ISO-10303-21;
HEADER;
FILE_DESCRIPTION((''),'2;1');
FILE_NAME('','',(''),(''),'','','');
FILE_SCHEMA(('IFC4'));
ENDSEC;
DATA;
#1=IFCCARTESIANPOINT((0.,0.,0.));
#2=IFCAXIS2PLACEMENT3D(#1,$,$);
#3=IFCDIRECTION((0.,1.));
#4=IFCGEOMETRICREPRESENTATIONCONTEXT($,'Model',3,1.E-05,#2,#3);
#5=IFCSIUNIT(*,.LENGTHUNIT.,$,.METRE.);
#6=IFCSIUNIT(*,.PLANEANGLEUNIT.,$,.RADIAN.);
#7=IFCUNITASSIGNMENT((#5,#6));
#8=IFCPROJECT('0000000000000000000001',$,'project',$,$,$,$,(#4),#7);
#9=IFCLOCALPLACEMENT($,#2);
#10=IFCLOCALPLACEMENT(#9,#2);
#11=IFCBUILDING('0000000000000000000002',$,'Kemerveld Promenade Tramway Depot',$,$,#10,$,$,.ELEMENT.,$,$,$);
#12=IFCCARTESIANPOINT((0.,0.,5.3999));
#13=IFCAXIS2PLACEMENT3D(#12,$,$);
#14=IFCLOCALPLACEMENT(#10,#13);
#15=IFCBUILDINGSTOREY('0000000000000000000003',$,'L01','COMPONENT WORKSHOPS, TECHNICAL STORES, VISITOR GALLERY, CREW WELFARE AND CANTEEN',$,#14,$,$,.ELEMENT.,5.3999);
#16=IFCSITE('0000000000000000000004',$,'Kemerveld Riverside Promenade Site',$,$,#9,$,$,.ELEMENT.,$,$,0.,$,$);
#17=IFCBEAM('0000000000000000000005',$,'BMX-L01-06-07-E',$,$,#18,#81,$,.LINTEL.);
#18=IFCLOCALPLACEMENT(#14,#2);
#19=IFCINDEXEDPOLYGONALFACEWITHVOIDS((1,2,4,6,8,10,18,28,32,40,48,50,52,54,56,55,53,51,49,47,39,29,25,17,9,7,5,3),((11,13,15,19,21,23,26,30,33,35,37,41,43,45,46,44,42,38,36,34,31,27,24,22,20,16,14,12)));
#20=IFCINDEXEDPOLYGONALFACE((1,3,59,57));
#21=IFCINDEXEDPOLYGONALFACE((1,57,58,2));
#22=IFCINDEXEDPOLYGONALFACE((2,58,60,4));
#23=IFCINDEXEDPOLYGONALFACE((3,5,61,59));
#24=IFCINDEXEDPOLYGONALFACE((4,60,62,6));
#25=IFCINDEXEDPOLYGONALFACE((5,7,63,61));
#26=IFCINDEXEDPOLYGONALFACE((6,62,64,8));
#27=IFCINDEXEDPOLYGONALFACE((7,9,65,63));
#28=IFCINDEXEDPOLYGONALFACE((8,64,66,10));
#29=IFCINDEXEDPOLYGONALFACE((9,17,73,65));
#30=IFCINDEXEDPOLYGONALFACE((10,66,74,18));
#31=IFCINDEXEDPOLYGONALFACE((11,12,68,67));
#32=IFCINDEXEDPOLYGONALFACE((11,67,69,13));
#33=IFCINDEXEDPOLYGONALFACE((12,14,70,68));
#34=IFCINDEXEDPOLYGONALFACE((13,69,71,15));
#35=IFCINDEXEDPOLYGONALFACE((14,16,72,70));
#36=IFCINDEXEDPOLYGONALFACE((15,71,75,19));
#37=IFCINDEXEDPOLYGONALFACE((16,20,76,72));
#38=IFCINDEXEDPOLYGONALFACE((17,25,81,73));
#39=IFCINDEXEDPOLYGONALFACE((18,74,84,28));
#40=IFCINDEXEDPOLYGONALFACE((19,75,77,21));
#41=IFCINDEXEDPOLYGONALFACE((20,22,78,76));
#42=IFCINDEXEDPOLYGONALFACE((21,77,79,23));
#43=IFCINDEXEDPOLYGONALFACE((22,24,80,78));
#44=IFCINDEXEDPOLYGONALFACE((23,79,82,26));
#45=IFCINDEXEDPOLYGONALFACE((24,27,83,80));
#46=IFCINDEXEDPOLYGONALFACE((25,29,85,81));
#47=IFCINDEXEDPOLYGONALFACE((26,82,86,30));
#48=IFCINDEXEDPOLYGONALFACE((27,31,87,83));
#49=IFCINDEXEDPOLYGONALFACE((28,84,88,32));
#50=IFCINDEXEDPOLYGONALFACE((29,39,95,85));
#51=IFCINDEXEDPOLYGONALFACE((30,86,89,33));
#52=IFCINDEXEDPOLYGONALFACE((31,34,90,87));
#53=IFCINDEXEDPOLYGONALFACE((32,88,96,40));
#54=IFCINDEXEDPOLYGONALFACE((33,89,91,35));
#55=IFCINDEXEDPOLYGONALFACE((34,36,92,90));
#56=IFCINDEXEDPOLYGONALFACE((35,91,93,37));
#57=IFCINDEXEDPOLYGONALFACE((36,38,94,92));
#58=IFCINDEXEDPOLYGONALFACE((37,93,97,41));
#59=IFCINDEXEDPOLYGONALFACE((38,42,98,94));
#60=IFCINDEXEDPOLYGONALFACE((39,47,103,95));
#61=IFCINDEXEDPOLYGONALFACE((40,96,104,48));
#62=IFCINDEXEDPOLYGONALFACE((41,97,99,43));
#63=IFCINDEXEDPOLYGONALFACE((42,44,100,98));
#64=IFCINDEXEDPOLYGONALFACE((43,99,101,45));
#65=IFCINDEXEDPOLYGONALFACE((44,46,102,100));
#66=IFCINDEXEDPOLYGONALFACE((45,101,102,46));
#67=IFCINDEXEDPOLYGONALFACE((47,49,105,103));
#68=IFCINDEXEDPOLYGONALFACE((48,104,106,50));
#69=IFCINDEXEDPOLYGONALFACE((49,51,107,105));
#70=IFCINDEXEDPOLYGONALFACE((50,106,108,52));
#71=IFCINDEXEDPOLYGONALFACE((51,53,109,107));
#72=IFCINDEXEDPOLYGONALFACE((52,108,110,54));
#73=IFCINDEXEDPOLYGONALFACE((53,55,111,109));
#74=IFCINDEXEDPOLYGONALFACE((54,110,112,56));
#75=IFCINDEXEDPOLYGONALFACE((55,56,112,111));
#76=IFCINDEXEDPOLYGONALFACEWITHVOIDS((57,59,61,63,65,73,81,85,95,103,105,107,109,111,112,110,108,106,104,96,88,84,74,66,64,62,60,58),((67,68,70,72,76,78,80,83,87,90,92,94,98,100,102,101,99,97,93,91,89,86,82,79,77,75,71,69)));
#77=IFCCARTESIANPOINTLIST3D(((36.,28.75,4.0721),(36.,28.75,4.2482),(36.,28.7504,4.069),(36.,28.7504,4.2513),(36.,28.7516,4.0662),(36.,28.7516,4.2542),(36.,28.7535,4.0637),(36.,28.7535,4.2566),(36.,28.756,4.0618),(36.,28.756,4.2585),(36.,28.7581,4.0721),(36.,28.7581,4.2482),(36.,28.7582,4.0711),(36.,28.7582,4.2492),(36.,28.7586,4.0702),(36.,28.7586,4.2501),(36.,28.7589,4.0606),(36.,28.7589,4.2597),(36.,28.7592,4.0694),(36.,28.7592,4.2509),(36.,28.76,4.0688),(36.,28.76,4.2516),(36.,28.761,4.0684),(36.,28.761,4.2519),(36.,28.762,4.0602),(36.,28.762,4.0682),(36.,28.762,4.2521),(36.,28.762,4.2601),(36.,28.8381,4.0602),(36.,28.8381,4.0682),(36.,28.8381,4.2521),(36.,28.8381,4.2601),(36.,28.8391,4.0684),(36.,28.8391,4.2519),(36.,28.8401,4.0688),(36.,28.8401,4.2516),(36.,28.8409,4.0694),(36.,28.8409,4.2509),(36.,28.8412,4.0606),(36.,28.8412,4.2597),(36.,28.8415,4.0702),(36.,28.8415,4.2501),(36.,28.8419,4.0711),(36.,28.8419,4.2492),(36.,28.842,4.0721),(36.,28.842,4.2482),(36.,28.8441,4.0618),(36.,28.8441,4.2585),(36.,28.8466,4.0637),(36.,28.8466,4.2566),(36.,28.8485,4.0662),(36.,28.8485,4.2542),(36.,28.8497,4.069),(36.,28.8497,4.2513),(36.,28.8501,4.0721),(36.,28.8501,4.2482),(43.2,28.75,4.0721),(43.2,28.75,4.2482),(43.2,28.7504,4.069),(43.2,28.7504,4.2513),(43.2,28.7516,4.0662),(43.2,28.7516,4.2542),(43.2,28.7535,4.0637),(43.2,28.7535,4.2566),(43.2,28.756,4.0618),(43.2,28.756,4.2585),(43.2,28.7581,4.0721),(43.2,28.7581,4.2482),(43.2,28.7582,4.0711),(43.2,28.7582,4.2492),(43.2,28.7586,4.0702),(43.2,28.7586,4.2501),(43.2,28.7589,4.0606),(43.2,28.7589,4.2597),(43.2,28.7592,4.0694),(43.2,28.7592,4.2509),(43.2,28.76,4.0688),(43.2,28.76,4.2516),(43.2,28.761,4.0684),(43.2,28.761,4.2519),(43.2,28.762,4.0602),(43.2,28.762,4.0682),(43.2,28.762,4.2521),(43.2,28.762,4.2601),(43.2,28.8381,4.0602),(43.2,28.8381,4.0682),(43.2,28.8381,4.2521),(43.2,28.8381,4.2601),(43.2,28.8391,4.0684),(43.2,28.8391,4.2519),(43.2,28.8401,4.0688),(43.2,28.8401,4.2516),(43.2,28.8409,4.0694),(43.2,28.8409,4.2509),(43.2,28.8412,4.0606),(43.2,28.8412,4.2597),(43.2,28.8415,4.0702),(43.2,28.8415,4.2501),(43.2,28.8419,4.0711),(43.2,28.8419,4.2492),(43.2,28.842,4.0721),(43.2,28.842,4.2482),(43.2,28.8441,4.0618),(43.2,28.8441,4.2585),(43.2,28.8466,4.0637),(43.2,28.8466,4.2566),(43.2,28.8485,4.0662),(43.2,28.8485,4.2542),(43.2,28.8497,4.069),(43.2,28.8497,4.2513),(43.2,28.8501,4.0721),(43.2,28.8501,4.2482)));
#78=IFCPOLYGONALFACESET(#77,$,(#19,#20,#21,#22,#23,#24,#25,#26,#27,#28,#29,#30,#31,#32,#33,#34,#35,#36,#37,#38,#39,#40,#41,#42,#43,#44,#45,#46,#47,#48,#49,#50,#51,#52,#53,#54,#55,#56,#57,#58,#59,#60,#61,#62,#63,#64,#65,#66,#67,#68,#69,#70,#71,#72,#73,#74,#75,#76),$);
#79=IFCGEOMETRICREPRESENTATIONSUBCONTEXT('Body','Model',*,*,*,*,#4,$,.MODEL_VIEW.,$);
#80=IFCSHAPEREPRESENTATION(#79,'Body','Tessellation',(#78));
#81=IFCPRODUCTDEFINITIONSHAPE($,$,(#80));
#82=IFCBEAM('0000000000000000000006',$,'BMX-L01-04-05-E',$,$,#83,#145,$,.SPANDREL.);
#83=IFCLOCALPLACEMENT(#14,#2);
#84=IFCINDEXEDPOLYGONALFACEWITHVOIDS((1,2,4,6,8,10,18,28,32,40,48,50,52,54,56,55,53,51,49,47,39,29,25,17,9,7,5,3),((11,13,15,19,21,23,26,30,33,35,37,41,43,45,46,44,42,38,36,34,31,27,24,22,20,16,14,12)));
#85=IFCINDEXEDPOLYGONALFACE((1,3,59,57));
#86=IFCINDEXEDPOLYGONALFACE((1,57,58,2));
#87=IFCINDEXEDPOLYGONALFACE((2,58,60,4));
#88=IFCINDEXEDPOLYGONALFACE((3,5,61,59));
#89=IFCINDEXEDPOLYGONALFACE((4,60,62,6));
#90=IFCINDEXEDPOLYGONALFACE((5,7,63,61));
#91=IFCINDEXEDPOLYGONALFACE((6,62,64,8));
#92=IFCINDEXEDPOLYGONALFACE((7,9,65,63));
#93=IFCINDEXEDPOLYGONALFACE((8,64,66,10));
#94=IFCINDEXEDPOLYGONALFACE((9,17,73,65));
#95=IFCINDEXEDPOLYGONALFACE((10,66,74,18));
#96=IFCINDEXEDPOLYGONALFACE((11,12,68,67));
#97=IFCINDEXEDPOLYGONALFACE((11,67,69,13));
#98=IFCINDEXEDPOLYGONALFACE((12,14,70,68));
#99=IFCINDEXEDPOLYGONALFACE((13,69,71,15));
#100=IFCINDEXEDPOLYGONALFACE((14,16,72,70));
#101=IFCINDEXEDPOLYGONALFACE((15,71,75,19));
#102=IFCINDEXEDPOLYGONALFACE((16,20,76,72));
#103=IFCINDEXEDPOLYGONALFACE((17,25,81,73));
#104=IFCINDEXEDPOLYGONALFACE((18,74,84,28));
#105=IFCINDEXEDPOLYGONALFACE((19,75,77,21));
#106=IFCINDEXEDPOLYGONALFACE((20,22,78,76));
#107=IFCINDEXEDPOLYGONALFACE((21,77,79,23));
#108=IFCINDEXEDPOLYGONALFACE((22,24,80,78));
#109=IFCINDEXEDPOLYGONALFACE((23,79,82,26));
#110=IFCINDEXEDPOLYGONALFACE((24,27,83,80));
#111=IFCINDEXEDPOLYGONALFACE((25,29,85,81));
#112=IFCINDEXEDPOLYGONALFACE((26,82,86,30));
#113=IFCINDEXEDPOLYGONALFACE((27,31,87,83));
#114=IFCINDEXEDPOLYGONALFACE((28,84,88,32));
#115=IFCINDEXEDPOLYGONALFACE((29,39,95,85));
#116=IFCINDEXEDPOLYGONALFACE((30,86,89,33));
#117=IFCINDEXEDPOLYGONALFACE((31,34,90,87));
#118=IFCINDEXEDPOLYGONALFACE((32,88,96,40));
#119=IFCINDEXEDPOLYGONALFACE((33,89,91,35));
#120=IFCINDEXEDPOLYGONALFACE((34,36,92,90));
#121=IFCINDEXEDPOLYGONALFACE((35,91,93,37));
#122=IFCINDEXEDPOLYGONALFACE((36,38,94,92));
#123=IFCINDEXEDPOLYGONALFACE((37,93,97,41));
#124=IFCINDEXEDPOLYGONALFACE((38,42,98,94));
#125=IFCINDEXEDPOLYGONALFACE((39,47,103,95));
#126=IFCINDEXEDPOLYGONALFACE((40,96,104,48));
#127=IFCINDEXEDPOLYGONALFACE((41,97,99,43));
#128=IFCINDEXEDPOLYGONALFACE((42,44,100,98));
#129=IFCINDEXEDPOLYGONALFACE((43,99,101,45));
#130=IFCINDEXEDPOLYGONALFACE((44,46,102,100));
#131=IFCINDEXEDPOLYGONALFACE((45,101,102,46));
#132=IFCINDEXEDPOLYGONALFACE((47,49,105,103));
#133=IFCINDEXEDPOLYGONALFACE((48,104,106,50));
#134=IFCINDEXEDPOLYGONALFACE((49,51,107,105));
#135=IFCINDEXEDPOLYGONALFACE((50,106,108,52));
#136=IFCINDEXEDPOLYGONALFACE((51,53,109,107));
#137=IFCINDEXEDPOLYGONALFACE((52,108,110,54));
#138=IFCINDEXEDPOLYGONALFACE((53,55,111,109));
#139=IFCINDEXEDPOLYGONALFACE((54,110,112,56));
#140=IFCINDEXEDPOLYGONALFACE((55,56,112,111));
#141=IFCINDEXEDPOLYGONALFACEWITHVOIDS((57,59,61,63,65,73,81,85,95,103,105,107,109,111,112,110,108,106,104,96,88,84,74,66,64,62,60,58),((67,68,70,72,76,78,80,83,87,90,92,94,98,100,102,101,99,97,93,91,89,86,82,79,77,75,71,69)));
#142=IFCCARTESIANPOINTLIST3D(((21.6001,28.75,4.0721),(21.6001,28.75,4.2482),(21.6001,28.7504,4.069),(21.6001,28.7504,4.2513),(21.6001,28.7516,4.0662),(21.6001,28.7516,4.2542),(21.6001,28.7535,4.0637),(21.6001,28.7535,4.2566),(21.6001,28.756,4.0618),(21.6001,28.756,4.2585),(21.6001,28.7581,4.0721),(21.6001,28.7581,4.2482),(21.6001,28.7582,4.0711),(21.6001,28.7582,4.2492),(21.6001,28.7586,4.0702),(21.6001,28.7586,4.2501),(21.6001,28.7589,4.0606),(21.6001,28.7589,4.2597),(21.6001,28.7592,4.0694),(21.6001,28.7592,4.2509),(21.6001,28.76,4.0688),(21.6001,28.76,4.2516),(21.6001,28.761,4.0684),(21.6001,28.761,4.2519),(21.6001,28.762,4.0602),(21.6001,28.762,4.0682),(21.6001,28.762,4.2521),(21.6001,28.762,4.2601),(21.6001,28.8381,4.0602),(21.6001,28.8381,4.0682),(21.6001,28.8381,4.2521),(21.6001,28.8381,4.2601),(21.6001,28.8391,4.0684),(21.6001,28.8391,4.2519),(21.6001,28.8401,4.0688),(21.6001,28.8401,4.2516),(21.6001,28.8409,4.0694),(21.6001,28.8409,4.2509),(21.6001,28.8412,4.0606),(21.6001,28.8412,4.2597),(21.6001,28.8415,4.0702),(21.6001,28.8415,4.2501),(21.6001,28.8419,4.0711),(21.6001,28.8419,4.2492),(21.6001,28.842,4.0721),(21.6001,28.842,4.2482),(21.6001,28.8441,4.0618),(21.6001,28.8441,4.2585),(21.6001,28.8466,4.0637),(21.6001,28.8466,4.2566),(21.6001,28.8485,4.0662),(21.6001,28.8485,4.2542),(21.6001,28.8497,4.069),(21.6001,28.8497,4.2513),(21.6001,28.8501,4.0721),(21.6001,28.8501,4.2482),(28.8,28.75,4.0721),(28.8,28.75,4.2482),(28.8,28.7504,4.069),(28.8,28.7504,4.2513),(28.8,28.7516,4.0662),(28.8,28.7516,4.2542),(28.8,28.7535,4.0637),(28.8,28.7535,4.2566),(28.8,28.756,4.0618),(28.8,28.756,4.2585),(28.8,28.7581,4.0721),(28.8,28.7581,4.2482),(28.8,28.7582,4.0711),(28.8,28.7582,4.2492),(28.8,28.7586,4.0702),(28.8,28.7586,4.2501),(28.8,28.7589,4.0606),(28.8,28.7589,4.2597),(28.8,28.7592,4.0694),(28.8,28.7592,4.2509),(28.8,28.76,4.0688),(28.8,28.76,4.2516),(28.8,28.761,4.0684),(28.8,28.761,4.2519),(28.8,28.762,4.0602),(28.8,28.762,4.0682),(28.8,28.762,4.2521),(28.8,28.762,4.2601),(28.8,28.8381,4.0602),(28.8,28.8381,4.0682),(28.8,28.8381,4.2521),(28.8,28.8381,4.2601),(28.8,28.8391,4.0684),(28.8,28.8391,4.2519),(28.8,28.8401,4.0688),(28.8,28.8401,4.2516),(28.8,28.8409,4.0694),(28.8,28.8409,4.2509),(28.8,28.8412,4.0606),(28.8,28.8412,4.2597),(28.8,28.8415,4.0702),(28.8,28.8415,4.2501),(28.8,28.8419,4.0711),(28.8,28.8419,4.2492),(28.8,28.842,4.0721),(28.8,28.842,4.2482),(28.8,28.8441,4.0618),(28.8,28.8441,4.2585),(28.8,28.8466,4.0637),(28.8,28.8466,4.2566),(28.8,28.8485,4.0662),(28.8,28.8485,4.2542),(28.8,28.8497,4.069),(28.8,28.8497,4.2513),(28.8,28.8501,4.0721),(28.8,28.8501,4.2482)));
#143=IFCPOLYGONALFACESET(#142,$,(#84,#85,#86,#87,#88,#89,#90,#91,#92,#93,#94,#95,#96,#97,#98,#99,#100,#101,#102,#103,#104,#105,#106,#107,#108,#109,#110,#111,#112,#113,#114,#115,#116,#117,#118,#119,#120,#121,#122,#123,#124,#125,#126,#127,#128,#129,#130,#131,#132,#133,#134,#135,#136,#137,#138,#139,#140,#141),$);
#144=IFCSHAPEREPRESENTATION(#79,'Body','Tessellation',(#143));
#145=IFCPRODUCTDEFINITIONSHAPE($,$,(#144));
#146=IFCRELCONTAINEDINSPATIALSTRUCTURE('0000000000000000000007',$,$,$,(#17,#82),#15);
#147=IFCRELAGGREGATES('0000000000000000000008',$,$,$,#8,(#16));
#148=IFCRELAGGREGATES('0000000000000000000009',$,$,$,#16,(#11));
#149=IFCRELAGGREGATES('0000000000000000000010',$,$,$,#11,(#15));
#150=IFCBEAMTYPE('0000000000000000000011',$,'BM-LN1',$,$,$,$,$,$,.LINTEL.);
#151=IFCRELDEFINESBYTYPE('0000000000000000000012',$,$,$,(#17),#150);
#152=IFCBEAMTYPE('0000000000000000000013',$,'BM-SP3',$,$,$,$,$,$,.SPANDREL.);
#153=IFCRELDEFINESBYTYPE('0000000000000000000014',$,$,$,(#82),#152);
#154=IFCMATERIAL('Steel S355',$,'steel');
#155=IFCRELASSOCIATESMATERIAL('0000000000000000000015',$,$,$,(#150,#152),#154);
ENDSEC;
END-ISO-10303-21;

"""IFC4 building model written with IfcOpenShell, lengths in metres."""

from ifc_helpers import new_model, si_unit, direction, frame, origin, origin_2d, place, context, subcontext, project, spatial, hollow_rectangle, extrude, material, material_profile, profile_set, type_object, element, save


model = new_model("IFC4")

# Units and contexts
model_context = context("Model", 3, precision=1e-05, world=origin(), true_north=direction((0.0, 1.0)))
body_context = subcontext(model_context, "Body", "Model", "MODEL_VIEW")
ifc_project = project(units=[si_unit("LENGTHUNIT", "METRE"), si_unit("PLANEANGLEUNIT", "RADIAN")], contexts=[model_context])

# Site, building, storey
site_placement = place(None, origin())
site = spatial("IfcSite", under=ifc_project, at=site_placement, Name="Kemerveld Riverside Promenade Site", CompositionType="ELEMENT", RefElevation=0.0)
building_placement = place(site_placement, origin())
building = spatial("IfcBuilding", under=site, at=building_placement, Name="Kemerveld Promenade Tramway Depot", CompositionType="ELEMENT")
storey_placement = place(building_placement, frame((0.0, 0.0, 5.3999)))
storey = spatial("IfcBuildingStorey", under=building, at=storey_placement, Name="L01", Description="COMPONENT WORKSHOPS, TECHNICAL STORES, VISITOR GALLERY, CREW WELFARE AND CANTEEN", CompositionType="ELEMENT", Elevation=5.3999)

# Shared definitions
ifc_material_1 = material(Name="Steel S355", Category="steel")

# Beams
ifc_material_profile_1 = material_profile(ifc_material_1, hollow_rectangle(XDim=0.1001, YDim=0.2, WallThickness=0.0081, InnerFilletRadius=0.0039, OuterFilletRadius=0.012, at=origin_2d()), Name="200x100x8.0 RHS")
ifc_profile_set_1 = profile_set([ifc_material_profile_1], Name="Steel S355")
beam_type_1 = type_object("IfcBeamType", Name="BM-LN1", PredefinedType="LINTEL", material=ifc_profile_set_1)
beam_1_placement = place(storey_placement, frame((36.0, 28.8, 4.1602), z_axis=(1.0, 0.0, 0.0), x_axis=(0.0, 1.0, 0.0)))
element("IfcBeam", 1, at=beam_1_placement, inside=storey, type_object=beam_type_1, Name="BMX-L01-06-07-E", PredefinedType="LINTEL", context=body_context, shape_type="SweptSolid", body=[
    extrude(hollow_rectangle(XDim=0.1001, YDim=0.2, WallThickness=0.0081, InnerFilletRadius=0.0039, OuterFilletRadius=0.012, at=origin_2d()), origin(), (0.0, 0.0, 1.0), 7.2),
])
ifc_material_profile_2 = material_profile(ifc_material_1, hollow_rectangle(XDim=0.1001, YDim=0.2, WallThickness=0.0081, InnerFilletRadius=0.0039, OuterFilletRadius=0.012, at=origin_2d()), Name="200x100x8.0 RHS")
ifc_profile_set_2 = profile_set([ifc_material_profile_2], Name="Steel S355")
beam_type_2 = type_object("IfcBeamType", Name="BM-SP3", PredefinedType="SPANDREL", material=ifc_profile_set_2)
beam_2_placement = place(storey_placement, frame((21.6001, 28.8, 4.1602), z_axis=(1.0, 0.0, 0.0), x_axis=(0.0, 1.0, 0.0)))
element("IfcBeam", 2, at=beam_2_placement, inside=storey, type_object=beam_type_2, Name="BMX-L01-04-05-E", PredefinedType="SPANDREL", context=body_context, shape_type="SweptSolid", body=[
    extrude(hollow_rectangle(XDim=0.1001, YDim=0.2, WallThickness=0.0081, InnerFilletRadius=0.0039, OuterFilletRadius=0.012, at=origin_2d()), origin(), (0.0, 0.0, 1.0), 7.2),
])

save(model, "model.ifc")
